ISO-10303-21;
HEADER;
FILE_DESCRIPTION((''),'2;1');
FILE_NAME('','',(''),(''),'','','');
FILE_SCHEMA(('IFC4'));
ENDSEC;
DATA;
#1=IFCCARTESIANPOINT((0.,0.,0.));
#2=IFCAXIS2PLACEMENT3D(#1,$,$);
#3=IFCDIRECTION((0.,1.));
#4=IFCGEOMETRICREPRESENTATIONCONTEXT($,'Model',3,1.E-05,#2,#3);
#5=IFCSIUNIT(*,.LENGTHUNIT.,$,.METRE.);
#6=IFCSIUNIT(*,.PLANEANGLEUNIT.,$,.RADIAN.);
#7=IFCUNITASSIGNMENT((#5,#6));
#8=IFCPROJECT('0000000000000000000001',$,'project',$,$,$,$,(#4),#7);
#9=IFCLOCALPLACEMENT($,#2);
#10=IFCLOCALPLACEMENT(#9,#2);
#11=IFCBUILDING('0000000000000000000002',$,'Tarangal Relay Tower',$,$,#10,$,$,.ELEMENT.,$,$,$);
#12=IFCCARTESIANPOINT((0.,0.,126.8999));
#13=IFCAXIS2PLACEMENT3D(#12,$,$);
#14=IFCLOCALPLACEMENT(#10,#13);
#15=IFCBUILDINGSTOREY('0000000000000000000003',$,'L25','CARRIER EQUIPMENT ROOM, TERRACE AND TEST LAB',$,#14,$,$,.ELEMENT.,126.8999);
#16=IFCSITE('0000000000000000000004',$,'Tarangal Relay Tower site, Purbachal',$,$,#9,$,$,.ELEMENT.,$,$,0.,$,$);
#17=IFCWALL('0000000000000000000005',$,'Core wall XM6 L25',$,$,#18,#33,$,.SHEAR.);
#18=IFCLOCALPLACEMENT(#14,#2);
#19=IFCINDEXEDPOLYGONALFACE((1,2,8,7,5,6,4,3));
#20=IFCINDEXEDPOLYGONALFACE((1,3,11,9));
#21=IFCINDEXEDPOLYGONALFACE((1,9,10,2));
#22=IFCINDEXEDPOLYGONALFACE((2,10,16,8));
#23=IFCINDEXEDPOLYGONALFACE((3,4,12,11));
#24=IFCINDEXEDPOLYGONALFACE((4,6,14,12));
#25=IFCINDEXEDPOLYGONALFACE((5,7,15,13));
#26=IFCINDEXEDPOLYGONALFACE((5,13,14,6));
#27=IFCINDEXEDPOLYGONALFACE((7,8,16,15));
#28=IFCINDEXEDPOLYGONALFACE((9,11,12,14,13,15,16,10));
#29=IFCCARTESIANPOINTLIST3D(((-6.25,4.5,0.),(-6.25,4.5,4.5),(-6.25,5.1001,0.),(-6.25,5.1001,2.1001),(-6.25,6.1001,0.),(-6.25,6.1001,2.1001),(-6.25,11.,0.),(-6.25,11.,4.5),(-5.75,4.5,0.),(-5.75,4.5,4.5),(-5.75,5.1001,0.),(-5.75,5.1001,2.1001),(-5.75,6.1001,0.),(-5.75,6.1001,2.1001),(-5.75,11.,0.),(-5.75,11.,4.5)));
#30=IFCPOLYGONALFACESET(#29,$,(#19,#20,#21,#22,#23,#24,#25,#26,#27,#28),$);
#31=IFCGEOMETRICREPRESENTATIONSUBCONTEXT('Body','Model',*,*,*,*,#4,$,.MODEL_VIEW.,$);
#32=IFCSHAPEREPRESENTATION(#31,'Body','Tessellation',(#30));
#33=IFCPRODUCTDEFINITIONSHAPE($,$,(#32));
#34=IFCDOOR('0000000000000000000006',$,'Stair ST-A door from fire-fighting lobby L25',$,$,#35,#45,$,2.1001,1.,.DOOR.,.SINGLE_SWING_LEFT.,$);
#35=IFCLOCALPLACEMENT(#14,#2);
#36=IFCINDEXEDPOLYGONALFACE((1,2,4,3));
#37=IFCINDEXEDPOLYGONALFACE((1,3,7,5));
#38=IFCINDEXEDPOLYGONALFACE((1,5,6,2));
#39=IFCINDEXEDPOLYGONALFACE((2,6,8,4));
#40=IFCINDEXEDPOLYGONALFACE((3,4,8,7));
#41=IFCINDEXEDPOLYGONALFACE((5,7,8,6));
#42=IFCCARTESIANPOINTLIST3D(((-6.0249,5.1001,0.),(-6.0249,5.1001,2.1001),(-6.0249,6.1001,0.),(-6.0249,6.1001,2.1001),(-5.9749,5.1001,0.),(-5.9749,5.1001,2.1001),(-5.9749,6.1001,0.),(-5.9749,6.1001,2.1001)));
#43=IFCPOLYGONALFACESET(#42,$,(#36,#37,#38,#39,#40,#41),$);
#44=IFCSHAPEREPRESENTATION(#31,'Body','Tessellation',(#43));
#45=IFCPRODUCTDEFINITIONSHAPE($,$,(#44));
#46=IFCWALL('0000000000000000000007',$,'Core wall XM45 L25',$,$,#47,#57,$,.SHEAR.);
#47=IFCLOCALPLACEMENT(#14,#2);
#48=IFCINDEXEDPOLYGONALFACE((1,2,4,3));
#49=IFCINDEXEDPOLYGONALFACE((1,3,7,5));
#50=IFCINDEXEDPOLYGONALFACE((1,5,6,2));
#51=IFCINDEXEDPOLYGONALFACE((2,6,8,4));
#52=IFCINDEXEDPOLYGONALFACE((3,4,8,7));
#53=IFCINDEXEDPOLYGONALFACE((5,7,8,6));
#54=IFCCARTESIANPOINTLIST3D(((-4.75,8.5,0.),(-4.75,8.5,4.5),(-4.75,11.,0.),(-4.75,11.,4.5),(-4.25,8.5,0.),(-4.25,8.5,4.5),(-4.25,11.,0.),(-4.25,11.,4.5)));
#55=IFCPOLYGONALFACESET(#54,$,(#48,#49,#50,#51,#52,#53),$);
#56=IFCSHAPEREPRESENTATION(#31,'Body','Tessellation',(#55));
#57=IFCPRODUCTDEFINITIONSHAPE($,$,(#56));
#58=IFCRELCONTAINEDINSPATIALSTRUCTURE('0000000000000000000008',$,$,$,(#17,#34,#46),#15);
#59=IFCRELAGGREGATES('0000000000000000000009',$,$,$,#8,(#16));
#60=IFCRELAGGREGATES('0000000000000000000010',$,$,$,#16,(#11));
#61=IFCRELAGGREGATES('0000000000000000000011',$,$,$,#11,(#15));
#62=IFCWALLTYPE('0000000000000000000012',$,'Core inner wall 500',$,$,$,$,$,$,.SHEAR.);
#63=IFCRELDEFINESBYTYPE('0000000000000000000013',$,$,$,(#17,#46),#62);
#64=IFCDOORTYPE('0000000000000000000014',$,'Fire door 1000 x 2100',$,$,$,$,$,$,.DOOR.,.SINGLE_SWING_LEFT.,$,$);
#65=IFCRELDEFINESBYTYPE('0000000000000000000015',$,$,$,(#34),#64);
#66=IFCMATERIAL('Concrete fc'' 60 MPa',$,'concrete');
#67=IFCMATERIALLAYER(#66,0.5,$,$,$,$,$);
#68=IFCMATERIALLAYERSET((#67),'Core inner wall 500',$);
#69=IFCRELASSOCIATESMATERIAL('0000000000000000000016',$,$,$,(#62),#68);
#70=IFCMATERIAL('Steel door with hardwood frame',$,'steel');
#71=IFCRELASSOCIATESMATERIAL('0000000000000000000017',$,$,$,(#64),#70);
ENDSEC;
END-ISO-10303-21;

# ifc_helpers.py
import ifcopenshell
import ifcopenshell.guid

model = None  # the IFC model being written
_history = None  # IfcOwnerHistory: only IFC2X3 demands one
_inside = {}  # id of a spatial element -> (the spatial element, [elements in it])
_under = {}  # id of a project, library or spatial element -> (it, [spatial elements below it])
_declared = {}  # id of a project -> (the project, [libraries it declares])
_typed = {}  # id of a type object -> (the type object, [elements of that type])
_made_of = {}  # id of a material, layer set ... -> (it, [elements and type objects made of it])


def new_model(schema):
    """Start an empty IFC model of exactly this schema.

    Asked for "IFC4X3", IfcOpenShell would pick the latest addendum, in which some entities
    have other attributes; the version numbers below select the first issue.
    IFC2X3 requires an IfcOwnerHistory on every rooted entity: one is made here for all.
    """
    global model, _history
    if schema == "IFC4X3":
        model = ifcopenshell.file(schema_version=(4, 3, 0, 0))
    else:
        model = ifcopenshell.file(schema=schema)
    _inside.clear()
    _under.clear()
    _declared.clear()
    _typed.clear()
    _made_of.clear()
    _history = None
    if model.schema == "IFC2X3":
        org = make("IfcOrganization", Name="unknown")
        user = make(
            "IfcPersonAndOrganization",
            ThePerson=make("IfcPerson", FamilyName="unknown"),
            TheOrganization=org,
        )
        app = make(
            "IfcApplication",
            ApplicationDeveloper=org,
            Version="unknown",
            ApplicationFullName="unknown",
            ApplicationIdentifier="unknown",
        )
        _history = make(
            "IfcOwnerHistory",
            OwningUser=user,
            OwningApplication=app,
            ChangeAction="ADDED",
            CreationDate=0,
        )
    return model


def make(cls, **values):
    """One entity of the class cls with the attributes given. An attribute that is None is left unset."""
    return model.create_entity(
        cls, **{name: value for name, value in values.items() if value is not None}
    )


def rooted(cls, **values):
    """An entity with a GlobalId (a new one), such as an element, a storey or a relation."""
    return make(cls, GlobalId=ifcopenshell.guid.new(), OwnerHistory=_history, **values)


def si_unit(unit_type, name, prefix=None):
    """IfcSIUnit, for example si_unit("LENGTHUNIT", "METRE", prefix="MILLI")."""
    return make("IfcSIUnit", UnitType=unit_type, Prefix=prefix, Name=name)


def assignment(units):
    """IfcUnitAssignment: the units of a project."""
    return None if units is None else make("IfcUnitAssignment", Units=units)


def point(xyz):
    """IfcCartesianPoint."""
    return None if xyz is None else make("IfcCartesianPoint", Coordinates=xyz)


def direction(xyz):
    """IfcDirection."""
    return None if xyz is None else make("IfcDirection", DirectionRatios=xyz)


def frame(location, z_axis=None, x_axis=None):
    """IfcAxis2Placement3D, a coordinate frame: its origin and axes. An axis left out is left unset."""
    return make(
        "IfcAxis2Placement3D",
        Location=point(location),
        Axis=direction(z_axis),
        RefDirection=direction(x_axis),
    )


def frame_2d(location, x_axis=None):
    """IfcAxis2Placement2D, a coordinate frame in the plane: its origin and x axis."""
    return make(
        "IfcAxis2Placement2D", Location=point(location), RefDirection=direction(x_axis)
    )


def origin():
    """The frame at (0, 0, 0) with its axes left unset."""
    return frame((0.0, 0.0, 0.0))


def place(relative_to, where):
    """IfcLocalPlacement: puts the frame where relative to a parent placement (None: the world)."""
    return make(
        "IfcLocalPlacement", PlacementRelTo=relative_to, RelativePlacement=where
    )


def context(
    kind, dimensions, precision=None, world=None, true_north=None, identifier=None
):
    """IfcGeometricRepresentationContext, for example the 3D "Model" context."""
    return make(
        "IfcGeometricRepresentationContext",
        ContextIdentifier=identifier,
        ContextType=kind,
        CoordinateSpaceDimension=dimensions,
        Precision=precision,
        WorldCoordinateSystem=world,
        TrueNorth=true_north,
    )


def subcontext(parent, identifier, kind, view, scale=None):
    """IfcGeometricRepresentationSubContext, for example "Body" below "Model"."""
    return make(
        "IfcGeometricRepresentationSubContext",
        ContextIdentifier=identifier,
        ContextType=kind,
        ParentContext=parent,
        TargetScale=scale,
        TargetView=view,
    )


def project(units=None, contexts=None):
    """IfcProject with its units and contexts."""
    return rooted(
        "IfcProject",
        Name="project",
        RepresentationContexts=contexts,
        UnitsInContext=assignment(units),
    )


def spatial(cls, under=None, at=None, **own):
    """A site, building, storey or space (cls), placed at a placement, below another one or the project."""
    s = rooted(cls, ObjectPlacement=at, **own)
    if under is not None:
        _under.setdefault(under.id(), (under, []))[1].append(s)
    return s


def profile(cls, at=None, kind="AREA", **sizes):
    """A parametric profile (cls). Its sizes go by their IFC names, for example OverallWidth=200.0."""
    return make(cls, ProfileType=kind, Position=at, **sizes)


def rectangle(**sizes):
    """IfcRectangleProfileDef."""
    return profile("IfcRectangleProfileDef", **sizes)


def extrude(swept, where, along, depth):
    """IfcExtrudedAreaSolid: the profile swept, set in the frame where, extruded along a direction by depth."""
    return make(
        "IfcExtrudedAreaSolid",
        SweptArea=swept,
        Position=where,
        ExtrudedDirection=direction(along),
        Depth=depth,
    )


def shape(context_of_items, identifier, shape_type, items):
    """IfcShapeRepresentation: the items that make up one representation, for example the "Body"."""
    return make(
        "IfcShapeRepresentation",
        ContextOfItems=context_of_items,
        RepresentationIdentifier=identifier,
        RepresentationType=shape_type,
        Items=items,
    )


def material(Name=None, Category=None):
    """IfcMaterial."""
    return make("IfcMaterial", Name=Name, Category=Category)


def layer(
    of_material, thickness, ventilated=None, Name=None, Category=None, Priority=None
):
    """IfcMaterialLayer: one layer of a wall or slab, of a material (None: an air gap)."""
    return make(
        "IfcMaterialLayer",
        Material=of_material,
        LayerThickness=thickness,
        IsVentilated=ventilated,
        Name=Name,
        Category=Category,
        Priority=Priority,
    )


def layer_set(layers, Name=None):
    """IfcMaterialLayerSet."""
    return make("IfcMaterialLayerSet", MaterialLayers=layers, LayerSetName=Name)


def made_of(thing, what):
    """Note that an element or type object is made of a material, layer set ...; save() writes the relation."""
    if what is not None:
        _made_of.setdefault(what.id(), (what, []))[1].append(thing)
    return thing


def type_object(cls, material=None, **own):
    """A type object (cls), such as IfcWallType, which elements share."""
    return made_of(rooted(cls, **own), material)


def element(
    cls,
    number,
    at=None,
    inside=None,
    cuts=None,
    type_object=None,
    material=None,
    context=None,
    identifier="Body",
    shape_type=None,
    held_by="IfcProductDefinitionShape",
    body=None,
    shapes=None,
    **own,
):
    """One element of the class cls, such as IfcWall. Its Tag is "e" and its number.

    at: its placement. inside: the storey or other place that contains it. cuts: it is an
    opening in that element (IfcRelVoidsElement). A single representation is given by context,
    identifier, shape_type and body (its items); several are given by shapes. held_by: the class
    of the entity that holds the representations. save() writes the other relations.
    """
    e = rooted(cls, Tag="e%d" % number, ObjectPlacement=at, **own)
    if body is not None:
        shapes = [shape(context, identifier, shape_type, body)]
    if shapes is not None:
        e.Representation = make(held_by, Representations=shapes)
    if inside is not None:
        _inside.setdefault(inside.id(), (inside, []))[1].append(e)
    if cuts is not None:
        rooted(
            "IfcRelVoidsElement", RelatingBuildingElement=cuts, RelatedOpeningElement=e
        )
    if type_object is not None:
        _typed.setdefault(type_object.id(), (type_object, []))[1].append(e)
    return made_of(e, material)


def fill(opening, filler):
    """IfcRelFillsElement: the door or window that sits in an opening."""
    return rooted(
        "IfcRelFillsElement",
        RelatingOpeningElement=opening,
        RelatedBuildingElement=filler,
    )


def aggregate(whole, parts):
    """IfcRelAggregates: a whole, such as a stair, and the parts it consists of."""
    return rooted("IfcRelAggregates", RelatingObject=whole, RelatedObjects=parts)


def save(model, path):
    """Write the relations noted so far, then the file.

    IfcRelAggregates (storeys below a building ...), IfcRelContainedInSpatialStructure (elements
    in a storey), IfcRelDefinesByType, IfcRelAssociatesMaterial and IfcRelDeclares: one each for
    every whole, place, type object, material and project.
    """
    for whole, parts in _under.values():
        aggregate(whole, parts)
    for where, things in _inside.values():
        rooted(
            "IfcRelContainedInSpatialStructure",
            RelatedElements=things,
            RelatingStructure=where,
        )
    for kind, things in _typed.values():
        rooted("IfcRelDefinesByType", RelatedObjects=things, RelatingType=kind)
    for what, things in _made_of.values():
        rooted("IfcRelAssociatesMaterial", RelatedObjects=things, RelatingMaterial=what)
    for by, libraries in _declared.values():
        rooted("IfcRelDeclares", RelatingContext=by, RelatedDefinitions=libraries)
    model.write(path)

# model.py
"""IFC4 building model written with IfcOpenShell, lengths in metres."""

from ifc_helpers import new_model, si_unit, direction, frame, frame_2d, origin, place, context, subcontext, project, spatial, rectangle, extrude, material, layer, layer_set, type_object, element, fill, save


model = new_model("IFC4")

# Units and contexts
model_context = context("Model", 3, precision=1e-05, world=origin(), true_north=direction((0.0, 1.0)))
body_context = subcontext(model_context, "Body", "Model", "MODEL_VIEW")
ifc_project = project(units=[si_unit("LENGTHUNIT", "METRE"), si_unit("PLANEANGLEUNIT", "RADIAN")], contexts=[model_context])

# Site, building, storey
site_placement = place(None, origin())
site = spatial("IfcSite", under=ifc_project, at=site_placement, Name="Tarangal Relay Tower site, Purbachal", CompositionType="ELEMENT", RefElevation=0.0)
building_placement = place(site_placement, origin())
building = spatial("IfcBuilding", under=site, at=building_placement, Name="Tarangal Relay Tower", CompositionType="ELEMENT")
storey_placement = place(building_placement, frame((0.0, 0.0, 126.8999)))
storey = spatial("IfcBuildingStorey", under=building, at=storey_placement, Name="L25", Description="CARRIER EQUIPMENT ROOM, TERRACE AND TEST LAB", CompositionType="ELEMENT", Elevation=126.8999)

# Shared definitions
ifc_material_1 = material(Name="Concrete fc' 60 MPa", Category="concrete")
ifc_layer_1 = layer(ifc_material_1, 0.5)
ifc_layer_set_1 = layer_set([ifc_layer_1], Name="Core inner wall 500")
wall_type = type_object("IfcWallType", Name="Core inner wall 500", PredefinedType="SHEAR", material=ifc_layer_set_1)
ifc_material_2 = material(Name="Steel door with hardwood frame", Category="steel")

# Wall, opening, door
wall_1_placement = place(storey_placement, frame((-6.0, 4.5, 0.0), z_axis=(0.0, 0.0, 1.0), x_axis=(0.0, 1.0, 0.0)))
wall_1 = element("IfcWall", 1, at=wall_1_placement, inside=storey, type_object=wall_type, Name="Core wall XM6 L25", PredefinedType="SHEAR", context=body_context, shape_type="SweptSolid", body=[
    extrude(rectangle(XDim=6.5, YDim=0.5, at=frame_2d((3.25, 0.0))), origin(), (0.0, 0.0, 1.0), 4.5),
])
opening_1_placement = place(wall_1_placement, frame((0.6001, 0.0, 0.0)))
opening_1 = element("IfcOpeningElement", 2, at=opening_1_placement, cuts=wall_1, PredefinedType="OPENING", context=body_context, shape_type="SweptSolid", body=[
    extrude(rectangle(XDim=1.0, YDim=2.1001, at=frame_2d((0.5, 1.05))), frame((0.0, 0.26, 0.0), z_axis=(0.0, -1.0, 0.0), x_axis=(1.0, 0.0, 0.0)), (0.0, 0.0, 1.0), 0.52),
])
door_type_1 = type_object("IfcDoorType", Name="Fire door 1000 x 2100", OperationType="SINGLE_SWING_LEFT", PredefinedType="DOOR", material=ifc_material_2)
door_1_placement = place(opening_1_placement, origin())
door_1 = element("IfcDoor", 3, at=door_1_placement, inside=storey, type_object=door_type_1, Name="Stair ST-A door from fire-fighting lobby L25", OperationType="SINGLE_SWING_LEFT", OverallHeight=2.1001, OverallWidth=1.0, PredefinedType="DOOR", context=body_context, shape_type="SweptSolid", body=[
    extrude(rectangle(XDim=1.0, YDim=2.1001, at=frame_2d((0.5, 1.05))), frame((0.0, 0.0249, 0.0), z_axis=(0.0, -1.0, 0.0), x_axis=(1.0, 0.0, 0.0)), (0.0, 0.0, 1.0), 0.05),
])
fill(opening_1, door_1)

# Wall
wall_2_placement = place(storey_placement, frame((-4.5, 8.5, 0.0), z_axis=(0.0, 0.0, 1.0), x_axis=(0.0, 1.0, 0.0)))
element("IfcWall", 4, at=wall_2_placement, inside=storey, type_object=wall_type, Name="Core wall XM45 L25", PredefinedType="SHEAR", context=body_context, shape_type="SweptSolid", body=[
    extrude(rectangle(XDim=2.5, YDim=0.5, at=frame_2d((1.25, 0.0))), origin(), (0.0, 0.0, 1.0), 4.5),
])

save(model, "model.ifc")
